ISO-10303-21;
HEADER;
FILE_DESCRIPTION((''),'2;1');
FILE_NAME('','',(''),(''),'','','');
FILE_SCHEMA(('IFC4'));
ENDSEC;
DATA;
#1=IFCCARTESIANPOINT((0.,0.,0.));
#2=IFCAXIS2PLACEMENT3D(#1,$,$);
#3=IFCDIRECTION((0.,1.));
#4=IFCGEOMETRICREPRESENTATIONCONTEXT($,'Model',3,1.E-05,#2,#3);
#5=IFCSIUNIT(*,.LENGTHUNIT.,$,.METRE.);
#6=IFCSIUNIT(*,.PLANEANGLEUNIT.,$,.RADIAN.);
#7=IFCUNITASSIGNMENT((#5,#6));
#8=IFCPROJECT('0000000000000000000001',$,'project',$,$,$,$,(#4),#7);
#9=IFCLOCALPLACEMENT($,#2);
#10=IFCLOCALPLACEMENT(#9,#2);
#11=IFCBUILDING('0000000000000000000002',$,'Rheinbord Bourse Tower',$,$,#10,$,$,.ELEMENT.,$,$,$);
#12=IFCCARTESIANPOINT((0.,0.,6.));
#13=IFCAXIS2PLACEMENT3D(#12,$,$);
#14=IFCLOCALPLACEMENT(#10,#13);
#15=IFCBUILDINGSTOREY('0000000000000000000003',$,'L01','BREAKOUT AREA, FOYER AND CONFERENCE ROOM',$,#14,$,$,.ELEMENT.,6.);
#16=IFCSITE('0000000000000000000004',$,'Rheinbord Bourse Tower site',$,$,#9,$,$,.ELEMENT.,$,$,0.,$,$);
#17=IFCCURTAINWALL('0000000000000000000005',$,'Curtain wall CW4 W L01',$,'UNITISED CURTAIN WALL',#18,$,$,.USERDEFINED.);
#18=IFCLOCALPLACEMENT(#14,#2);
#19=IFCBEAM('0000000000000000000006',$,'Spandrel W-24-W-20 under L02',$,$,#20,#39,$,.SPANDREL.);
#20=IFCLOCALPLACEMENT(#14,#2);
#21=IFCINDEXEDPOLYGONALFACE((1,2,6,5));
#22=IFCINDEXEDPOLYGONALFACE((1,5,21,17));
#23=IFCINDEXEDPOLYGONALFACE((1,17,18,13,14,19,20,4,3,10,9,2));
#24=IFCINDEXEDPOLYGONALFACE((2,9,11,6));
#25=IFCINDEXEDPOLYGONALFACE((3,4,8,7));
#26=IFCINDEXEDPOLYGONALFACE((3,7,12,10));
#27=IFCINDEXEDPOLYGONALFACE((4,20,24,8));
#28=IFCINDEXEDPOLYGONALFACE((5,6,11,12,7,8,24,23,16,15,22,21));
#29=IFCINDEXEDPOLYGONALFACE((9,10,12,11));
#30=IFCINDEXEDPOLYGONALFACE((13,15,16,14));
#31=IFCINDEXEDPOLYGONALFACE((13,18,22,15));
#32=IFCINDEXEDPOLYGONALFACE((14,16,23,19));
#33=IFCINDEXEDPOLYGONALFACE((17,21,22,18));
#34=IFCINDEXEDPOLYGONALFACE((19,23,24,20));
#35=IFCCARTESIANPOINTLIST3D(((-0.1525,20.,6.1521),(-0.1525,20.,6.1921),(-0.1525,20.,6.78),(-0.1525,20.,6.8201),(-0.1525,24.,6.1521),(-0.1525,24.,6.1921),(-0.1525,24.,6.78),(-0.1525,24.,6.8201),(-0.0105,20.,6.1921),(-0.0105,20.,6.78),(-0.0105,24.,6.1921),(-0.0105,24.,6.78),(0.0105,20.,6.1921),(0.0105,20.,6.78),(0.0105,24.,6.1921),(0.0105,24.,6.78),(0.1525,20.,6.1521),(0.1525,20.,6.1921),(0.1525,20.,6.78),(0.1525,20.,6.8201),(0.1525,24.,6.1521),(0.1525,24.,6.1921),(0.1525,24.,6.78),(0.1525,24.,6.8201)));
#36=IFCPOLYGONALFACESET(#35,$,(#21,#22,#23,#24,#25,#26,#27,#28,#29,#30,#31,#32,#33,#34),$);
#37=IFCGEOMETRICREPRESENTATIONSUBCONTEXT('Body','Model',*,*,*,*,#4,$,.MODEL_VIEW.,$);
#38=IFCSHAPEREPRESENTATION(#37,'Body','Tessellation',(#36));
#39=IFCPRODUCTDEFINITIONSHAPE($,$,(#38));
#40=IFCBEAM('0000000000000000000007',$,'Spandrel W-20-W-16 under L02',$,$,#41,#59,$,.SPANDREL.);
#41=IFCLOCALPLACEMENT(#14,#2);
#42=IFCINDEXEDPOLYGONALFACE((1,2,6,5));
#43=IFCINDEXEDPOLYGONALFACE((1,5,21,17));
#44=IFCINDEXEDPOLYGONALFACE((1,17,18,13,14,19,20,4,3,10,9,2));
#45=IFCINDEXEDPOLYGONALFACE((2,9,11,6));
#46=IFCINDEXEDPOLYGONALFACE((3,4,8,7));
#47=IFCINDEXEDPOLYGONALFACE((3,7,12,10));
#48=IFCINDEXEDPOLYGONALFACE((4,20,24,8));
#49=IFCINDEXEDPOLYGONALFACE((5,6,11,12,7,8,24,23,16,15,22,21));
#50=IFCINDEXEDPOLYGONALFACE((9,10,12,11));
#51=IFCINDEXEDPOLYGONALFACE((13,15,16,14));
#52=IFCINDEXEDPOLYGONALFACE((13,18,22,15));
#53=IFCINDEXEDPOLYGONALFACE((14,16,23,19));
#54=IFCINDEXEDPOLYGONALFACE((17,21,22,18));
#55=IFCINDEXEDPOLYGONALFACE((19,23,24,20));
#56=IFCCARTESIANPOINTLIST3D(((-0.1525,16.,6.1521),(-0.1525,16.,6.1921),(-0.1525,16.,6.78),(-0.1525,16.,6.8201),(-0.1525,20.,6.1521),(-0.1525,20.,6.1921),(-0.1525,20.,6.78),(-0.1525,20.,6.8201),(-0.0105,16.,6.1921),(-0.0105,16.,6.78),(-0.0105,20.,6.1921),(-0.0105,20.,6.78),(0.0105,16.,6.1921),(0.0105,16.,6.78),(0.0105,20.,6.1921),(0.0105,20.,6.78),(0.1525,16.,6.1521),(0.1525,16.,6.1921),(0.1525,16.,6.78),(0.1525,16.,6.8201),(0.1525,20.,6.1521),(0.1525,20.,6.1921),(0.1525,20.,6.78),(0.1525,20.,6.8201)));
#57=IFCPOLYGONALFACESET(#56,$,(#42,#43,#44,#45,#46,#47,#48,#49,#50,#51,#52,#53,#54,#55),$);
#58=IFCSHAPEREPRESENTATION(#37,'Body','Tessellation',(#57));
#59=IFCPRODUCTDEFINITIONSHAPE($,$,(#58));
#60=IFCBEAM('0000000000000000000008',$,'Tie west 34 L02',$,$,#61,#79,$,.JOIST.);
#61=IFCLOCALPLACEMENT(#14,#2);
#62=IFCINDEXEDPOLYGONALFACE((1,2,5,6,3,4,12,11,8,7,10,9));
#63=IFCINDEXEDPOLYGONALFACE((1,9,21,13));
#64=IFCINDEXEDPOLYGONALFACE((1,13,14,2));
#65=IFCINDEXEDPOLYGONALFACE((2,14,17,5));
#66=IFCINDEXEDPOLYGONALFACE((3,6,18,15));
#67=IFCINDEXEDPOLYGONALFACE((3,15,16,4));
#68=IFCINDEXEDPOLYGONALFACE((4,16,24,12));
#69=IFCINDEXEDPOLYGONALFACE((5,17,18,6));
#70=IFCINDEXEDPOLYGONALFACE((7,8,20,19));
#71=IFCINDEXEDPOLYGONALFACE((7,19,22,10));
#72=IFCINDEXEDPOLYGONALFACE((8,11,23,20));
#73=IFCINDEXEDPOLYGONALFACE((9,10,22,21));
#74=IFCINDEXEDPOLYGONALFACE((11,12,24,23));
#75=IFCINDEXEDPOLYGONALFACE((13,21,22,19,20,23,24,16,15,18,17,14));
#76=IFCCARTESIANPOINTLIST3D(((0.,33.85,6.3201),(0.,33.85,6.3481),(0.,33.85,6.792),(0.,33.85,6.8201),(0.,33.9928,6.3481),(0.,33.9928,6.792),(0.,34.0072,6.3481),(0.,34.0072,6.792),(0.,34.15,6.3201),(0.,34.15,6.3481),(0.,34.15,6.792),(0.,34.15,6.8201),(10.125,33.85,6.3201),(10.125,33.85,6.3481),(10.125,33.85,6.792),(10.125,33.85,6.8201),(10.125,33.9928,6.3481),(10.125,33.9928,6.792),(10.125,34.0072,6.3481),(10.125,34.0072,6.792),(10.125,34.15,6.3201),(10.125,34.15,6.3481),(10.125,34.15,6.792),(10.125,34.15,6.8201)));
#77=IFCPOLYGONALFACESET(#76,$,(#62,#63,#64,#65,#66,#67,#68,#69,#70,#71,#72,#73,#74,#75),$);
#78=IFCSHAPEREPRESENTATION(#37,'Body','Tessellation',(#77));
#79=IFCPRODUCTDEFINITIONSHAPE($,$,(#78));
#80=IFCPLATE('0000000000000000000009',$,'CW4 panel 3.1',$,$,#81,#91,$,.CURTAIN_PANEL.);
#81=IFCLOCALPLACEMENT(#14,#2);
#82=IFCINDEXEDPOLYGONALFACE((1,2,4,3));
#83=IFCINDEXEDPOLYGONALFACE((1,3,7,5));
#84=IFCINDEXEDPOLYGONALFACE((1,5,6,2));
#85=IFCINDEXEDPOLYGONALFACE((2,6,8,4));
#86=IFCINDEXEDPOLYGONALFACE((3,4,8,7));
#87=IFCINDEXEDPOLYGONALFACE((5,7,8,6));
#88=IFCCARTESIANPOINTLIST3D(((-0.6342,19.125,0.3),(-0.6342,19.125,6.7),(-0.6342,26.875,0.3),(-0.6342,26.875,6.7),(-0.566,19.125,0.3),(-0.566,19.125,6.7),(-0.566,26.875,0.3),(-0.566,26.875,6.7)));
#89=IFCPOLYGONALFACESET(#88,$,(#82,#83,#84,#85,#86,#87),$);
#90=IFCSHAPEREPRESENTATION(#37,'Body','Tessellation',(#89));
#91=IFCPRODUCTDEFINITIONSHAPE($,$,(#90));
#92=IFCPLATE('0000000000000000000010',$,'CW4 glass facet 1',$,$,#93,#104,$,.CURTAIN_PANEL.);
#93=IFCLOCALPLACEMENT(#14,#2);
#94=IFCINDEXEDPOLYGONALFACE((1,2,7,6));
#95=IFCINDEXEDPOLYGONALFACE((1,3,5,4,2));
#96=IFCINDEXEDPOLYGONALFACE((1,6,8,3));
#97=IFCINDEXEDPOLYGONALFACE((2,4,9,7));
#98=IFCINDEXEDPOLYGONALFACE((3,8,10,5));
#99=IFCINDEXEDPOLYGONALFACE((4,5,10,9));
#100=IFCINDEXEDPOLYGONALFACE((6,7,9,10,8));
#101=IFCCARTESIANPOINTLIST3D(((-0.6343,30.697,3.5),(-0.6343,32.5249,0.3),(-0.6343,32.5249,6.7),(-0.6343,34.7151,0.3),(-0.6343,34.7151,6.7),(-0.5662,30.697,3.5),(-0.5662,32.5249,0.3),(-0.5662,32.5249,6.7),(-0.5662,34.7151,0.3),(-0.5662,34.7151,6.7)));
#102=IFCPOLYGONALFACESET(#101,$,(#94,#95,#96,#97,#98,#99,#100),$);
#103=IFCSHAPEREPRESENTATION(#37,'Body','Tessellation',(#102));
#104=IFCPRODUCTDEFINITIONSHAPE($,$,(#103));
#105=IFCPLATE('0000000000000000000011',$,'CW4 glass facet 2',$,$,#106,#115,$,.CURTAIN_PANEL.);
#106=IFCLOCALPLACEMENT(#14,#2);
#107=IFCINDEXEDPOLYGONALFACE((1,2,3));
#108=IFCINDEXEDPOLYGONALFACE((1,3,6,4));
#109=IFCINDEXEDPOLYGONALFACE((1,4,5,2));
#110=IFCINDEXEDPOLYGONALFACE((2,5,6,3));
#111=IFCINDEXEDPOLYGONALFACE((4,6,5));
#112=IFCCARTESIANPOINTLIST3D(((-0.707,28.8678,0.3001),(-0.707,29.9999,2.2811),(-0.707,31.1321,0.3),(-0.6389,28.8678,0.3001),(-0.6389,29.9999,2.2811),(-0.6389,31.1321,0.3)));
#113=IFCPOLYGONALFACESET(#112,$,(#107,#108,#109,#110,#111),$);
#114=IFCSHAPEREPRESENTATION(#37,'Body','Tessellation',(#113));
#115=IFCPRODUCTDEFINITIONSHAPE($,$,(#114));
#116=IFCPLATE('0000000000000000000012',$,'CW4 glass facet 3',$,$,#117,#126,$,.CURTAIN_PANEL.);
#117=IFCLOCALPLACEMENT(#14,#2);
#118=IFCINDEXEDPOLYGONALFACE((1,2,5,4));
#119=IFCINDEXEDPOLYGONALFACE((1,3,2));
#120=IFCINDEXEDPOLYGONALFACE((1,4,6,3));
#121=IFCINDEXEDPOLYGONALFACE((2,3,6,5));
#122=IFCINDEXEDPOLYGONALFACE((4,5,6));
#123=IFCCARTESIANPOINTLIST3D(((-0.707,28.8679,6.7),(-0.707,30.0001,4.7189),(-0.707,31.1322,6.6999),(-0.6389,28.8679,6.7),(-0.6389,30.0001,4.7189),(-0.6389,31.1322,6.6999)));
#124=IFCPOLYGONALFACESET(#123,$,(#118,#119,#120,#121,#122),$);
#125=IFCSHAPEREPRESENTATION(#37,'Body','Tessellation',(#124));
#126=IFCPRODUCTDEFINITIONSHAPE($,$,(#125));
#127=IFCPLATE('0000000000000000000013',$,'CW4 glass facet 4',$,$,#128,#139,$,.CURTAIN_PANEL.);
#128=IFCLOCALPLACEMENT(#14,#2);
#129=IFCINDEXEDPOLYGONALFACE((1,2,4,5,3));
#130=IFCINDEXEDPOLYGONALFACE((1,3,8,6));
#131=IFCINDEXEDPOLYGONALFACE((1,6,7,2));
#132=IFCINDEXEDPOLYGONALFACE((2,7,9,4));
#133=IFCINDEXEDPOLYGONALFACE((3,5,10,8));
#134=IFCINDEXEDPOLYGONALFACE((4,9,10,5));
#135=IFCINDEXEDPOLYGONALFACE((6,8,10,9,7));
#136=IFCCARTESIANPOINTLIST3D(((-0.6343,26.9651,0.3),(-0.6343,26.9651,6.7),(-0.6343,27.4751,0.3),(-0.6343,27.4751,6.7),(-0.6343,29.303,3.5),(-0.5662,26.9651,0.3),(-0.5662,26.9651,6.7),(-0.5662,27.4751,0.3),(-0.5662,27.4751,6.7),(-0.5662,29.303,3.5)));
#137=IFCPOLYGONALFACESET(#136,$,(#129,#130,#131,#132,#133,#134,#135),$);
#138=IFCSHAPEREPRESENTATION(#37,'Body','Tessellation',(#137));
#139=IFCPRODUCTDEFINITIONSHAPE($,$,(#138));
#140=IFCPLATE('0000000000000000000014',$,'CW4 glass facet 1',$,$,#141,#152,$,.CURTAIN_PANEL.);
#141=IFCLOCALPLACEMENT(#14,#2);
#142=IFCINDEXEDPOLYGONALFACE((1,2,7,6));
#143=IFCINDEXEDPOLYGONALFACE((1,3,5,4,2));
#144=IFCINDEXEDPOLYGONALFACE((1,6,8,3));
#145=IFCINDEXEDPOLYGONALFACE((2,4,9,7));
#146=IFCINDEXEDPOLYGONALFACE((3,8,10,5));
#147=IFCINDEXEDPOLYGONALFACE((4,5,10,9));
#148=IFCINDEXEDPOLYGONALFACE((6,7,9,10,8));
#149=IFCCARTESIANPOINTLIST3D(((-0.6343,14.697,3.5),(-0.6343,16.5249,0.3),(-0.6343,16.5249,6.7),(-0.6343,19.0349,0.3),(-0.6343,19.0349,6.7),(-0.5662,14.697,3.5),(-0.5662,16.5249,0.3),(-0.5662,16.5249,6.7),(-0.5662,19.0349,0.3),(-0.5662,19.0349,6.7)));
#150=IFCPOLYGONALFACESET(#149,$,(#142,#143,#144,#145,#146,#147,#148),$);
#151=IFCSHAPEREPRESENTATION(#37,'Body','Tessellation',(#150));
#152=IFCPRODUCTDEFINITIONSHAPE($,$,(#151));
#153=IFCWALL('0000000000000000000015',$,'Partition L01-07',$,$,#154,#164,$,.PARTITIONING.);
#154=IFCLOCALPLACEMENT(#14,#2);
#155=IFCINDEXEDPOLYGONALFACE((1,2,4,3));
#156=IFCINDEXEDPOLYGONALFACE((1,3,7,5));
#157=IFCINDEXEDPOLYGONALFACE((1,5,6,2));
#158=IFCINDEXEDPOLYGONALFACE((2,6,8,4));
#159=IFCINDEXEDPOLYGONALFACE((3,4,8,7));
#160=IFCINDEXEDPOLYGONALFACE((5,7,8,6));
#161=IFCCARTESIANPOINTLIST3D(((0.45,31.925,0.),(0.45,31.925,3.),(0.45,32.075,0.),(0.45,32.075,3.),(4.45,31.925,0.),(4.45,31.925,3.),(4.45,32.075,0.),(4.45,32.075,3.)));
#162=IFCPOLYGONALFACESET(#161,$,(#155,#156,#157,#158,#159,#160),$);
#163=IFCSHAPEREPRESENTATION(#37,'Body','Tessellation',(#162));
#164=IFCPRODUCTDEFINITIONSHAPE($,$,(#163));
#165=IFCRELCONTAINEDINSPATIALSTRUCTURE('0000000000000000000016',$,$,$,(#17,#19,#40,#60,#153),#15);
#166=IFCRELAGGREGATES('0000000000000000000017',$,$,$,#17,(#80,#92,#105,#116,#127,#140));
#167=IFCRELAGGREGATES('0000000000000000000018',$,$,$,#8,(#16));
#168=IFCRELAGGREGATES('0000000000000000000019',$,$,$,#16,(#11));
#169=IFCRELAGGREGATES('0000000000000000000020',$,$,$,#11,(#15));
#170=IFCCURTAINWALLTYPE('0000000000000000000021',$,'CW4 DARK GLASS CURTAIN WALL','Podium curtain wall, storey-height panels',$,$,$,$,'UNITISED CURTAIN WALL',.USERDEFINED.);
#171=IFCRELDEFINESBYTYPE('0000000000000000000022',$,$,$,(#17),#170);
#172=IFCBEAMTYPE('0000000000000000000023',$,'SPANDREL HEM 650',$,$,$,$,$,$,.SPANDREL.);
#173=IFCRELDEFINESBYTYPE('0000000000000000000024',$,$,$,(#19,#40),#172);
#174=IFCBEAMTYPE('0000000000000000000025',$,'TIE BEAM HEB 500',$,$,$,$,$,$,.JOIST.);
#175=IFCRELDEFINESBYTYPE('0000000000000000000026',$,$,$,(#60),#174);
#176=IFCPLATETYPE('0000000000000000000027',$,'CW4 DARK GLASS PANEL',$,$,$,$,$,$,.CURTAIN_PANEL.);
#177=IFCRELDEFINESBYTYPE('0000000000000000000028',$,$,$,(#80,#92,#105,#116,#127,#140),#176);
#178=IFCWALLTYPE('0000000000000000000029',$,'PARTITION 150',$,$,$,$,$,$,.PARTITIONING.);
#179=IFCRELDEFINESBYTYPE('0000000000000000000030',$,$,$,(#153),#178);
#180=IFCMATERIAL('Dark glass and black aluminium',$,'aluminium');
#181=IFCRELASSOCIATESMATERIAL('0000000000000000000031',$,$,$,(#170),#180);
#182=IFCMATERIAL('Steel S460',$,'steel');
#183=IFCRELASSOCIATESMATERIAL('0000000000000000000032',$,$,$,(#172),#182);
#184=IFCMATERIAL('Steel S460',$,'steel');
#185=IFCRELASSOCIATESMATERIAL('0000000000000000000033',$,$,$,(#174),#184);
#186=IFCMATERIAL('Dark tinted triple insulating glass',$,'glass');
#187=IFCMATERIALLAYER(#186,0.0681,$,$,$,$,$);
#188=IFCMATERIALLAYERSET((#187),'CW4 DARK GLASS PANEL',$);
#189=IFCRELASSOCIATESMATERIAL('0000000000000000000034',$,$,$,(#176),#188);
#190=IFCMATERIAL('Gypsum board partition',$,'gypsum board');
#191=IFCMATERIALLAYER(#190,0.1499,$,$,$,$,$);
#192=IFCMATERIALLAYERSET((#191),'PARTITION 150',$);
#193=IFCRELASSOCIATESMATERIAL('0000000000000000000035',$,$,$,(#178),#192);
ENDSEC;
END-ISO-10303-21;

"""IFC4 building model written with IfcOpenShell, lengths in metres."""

from ifc_helpers import new_model, si_unit, direction, frame, frame_2d, origin, origin_2d, place, context, subcontext, project, spatial, polyline, rectangle, i_section, outline, extrude, material, layer, layer_set, material_profile, profile_set, type_object, element, aggregate, save


model = new_model("IFC4")

# Units and contexts
model_context = context("Model", 3, precision=1e-05, world=origin(), true_north=direction((0.0, 1.0)))
body_context = subcontext(model_context, "Body", "Model", "MODEL_VIEW")
ifc_project = project(units=[si_unit("LENGTHUNIT", "METRE"), si_unit("PLANEANGLEUNIT", "RADIAN")], contexts=[model_context])

# Site, building, storey
site_placement = place(None, origin())
site = spatial("IfcSite", under=ifc_project, at=site_placement, Name="Rheinbord Bourse Tower site", CompositionType="ELEMENT", RefElevation=0.0)
building_placement = place(site_placement, origin())
building = spatial("IfcBuilding", under=site, at=building_placement, Name="Rheinbord Bourse Tower", CompositionType="ELEMENT")
storey_placement = place(building_placement, frame((0.0, 0.0, 6.0)))
storey = spatial("IfcBuildingStorey", under=building, at=storey_placement, Name="L01", Description="BREAKOUT AREA, FOYER AND CONFERENCE ROOM", CompositionType="ELEMENT", Elevation=6.0)

# Curtain wall
ifc_material_1 = material(Name="Dark glass and black aluminium", Category="aluminium")
curtain_wall_type = type_object("IfcCurtainWallType", Name="CW4 DARK GLASS CURTAIN WALL", Description="Podium curtain wall, storey-height panels", ElementType="UNITISED CURTAIN WALL", PredefinedType="USERDEFINED", material=ifc_material_1)
curtain_wall_placement = place(storey_placement, origin())
curtain_wall = element("IfcCurtainWall", 1, at=curtain_wall_placement, inside=storey, type_object=curtain_wall_type, Name="Curtain wall CW4 W L01", ObjectType="UNITISED CURTAIN WALL", PredefinedType="USERDEFINED")

# Beams
ifc_material_2 = material(Name="Steel S460", Category="steel")
ifc_material_profile_1 = material_profile(ifc_material_2, i_section(OverallWidth=0.3049, OverallDepth=0.668, WebThickness=0.021, FlangeThickness=0.04, at=origin_2d()), Name="HEM 650")
ifc_profile_set_1 = profile_set([ifc_material_profile_1], Name="Steel S460")
beam_type_1 = type_object("IfcBeamType", Name="SPANDREL HEM 650", PredefinedType="SPANDREL", material=ifc_profile_set_1)
for number, where, z_axis, x_axis, name in (
    (2, (0.0, 24.0, 6.4861), (0.0, -1.0, 0.0), (1.0, 0.0, 0.0), "Spandrel W-24-W-20 under L02"),
    (3, (0.0, 20.0, 6.4861), (0.0, -1.0, 0.0), (1.0, 0.0, 0.0), "Spandrel W-20-W-16 under L02"),
):
    element("IfcBeam", number, at=place(storey_placement, frame(where, z_axis=z_axis, x_axis=x_axis)), inside=storey, type_object=beam_type_1, Name=name, PredefinedType="SPANDREL", context=body_context, shape_type="SweptSolid", body=[
        extrude(i_section(OverallWidth=0.3049, OverallDepth=0.668, WebThickness=0.021, FlangeThickness=0.04, at=origin_2d()), origin(), (0.0, 0.0, 1.0), 4.0),
    ])
ifc_material_3 = material(Name="Steel S460", Category="steel")
ifc_material_profile_2 = material_profile(ifc_material_3, i_section(OverallWidth=0.3, OverallDepth=0.5, WebThickness=0.0144, FlangeThickness=0.0281, at=origin_2d()), Name="HEB 500")
ifc_profile_set_2 = profile_set([ifc_material_profile_2], Name="Steel S460")
beam_type_2 = type_object("IfcBeamType", Name="TIE BEAM HEB 500", PredefinedType="JOIST", material=ifc_profile_set_2)
beam_1_placement = place(storey_placement, frame((0.0, 34.0, 6.5701), z_axis=(1.0, 0.0, 0.0), x_axis=(0.0, 1.0, 0.0)))
element("IfcBeam", 4, at=beam_1_placement, inside=storey, type_object=beam_type_2, Name="Tie west 34 L02", PredefinedType="JOIST", context=body_context, shape_type="SweptSolid", body=[
    extrude(i_section(OverallWidth=0.3, OverallDepth=0.5, WebThickness=0.0144, FlangeThickness=0.0281, at=origin_2d()), origin(), (0.0, 0.0, 1.0), 10.125),
])

# Plates
ifc_material_4 = material(Name="Dark tinted triple insulating glass", Category="glass")
ifc_layer_1 = layer(ifc_material_4, 0.0681)
ifc_layer_set_1 = layer_set([ifc_layer_1], Name="CW4 DARK GLASS PANEL")
plate_type = type_object("IfcPlateType", Name="CW4 DARK GLASS PANEL", PredefinedType="CURTAIN_PANEL", material=ifc_layer_set_1)
plate_1_placement = place(storey_placement, frame((-0.6001, 23.0, 0.3), z_axis=(0.0, 0.0, 1.0), x_axis=(0.0, -1.0, 0.0)))
plate_1 = element("IfcPlate", 5, at=plate_1_placement, type_object=plate_type, Name="CW4 panel 3.1", PredefinedType="CURTAIN_PANEL", context=body_context, shape_type="SweptSolid", body=[
    extrude(rectangle(XDim=7.75, YDim=0.0681, at=origin_2d()), origin(), (0.0, 0.0, 1.0), 6.3999),
])
plate_2_placement = place(storey_placement, frame((-0.6343, 34.7151, 0.3), z_axis=(1.0, 0.0, 0.0), x_axis=(0.0, 0.0, 1.0)))
plate_2 = element("IfcPlate", 6, at=plate_2_placement, type_object=plate_type, Name="CW4 glass facet 1", PredefinedType="CURTAIN_PANEL", context=body_context, shape_type="SweptSolid", body=[
    extrude(outline(polyline([(0.0, 0.0), (6.3999, 0.0), (6.3999, 2.1902), (3.2, 4.0181), (0.0, 2.1902), (0.0, 0.0)])), origin(), (0.0, 0.0, 1.0), 0.0681),
])
plate_3_placement = place(storey_placement, frame((-0.707, 31.1321, 0.3), z_axis=(1.0, 0.0, 0.0), x_axis=(0.0, -0.496174, 0.868223)))
plate_3 = element("IfcPlate", 7, at=plate_3_placement, type_object=plate_type, Name="CW4 glass facet 2", PredefinedType="CURTAIN_PANEL", context=body_context, shape_type="SweptSolid", body=[
    extrude(outline(polyline([(0.0, 0.0), (2.2817, 0.0), (1.1235, 1.9658), (0.0, 0.0)])), origin(), (0.0, 0.0, 1.0), 0.0681),
])
plate_4_placement = place(storey_placement, frame((-0.707, 28.8679, 6.7), z_axis=(1.0, 0.0, 0.0), x_axis=(0.0, 0.496174, -0.868223)))
plate_4 = element("IfcPlate", 8, at=plate_4_placement, type_object=plate_type, Name="CW4 glass facet 3", PredefinedType="CURTAIN_PANEL", context=body_context, shape_type="SweptSolid", body=[
    extrude(outline(polyline([(0.0, 0.0), (2.2817, 0.0), (1.1235, 1.9658), (0.0, 0.0)])), origin(), (0.0, 0.0, 1.0), 0.0681),
])
plate_5_placement = place(storey_placement, frame((-0.6343, 26.9651, 6.7), z_axis=(1.0, 0.0, 0.0), x_axis=(0.0, 0.0, -1.0)))
plate_5 = element("IfcPlate", 9, at=plate_5_placement, type_object=plate_type, Name="CW4 glass facet 4", PredefinedType="CURTAIN_PANEL", context=body_context, shape_type="SweptSolid", body=[
    extrude(outline(polyline([(0.0, 0.0), (6.3999, 0.0), (6.3999, 0.51), (3.2, 2.3379), (0.0, 0.51), (0.0, 0.0)])), origin(), (0.0, 0.0, 1.0), 0.0681),
])
plate_6_placement = place(storey_placement, frame((-0.6343, 19.0349, 0.3), z_axis=(1.0, 0.0, 0.0), x_axis=(0.0, 0.0, 1.0)))
plate_6 = element("IfcPlate", 10, at=plate_6_placement, type_object=plate_type, Name="CW4 glass facet 1", PredefinedType="CURTAIN_PANEL", context=body_context, shape_type="SweptSolid", body=[
    extrude(outline(polyline([(0.0, 0.0), (6.3999, 0.0), (6.3999, 2.51), (3.2, 4.3379), (0.0, 2.51), (0.0, 0.0)])), origin(), (0.0, 0.0, 1.0), 0.0681),
])
aggregate(curtain_wall, [plate_1, plate_2, plate_3, plate_4, plate_5, plate_6])

# Wall
ifc_material_5 = material(Name="Gypsum board partition", Category="gypsum board")
ifc_layer_2 = layer(ifc_material_5, 0.1499)
ifc_layer_set_2 = layer_set([ifc_layer_2], Name="PARTITION 150")
wall_type = type_object("IfcWallType", Name="PARTITION 150", PredefinedType="PARTITIONING", material=ifc_layer_set_2)
wall_1_placement = place(storey_placement, frame((0.45, 32.0, 0.0), z_axis=(0.0, 0.0, 1.0), x_axis=(1.0, 0.0, 0.0)))
element("IfcWall", 11, at=wall_1_placement, inside=storey, type_object=wall_type, Name="Partition L01-07", PredefinedType="PARTITIONING", context=body_context, shape_type="SweptSolid", body=[
    extrude(rectangle(XDim=4.0, YDim=0.1499, at=frame_2d((2.0, 0.0))), origin(), (0.0, 0.0, 1.0), 3.0),
])

save(model, "model.ifc")
